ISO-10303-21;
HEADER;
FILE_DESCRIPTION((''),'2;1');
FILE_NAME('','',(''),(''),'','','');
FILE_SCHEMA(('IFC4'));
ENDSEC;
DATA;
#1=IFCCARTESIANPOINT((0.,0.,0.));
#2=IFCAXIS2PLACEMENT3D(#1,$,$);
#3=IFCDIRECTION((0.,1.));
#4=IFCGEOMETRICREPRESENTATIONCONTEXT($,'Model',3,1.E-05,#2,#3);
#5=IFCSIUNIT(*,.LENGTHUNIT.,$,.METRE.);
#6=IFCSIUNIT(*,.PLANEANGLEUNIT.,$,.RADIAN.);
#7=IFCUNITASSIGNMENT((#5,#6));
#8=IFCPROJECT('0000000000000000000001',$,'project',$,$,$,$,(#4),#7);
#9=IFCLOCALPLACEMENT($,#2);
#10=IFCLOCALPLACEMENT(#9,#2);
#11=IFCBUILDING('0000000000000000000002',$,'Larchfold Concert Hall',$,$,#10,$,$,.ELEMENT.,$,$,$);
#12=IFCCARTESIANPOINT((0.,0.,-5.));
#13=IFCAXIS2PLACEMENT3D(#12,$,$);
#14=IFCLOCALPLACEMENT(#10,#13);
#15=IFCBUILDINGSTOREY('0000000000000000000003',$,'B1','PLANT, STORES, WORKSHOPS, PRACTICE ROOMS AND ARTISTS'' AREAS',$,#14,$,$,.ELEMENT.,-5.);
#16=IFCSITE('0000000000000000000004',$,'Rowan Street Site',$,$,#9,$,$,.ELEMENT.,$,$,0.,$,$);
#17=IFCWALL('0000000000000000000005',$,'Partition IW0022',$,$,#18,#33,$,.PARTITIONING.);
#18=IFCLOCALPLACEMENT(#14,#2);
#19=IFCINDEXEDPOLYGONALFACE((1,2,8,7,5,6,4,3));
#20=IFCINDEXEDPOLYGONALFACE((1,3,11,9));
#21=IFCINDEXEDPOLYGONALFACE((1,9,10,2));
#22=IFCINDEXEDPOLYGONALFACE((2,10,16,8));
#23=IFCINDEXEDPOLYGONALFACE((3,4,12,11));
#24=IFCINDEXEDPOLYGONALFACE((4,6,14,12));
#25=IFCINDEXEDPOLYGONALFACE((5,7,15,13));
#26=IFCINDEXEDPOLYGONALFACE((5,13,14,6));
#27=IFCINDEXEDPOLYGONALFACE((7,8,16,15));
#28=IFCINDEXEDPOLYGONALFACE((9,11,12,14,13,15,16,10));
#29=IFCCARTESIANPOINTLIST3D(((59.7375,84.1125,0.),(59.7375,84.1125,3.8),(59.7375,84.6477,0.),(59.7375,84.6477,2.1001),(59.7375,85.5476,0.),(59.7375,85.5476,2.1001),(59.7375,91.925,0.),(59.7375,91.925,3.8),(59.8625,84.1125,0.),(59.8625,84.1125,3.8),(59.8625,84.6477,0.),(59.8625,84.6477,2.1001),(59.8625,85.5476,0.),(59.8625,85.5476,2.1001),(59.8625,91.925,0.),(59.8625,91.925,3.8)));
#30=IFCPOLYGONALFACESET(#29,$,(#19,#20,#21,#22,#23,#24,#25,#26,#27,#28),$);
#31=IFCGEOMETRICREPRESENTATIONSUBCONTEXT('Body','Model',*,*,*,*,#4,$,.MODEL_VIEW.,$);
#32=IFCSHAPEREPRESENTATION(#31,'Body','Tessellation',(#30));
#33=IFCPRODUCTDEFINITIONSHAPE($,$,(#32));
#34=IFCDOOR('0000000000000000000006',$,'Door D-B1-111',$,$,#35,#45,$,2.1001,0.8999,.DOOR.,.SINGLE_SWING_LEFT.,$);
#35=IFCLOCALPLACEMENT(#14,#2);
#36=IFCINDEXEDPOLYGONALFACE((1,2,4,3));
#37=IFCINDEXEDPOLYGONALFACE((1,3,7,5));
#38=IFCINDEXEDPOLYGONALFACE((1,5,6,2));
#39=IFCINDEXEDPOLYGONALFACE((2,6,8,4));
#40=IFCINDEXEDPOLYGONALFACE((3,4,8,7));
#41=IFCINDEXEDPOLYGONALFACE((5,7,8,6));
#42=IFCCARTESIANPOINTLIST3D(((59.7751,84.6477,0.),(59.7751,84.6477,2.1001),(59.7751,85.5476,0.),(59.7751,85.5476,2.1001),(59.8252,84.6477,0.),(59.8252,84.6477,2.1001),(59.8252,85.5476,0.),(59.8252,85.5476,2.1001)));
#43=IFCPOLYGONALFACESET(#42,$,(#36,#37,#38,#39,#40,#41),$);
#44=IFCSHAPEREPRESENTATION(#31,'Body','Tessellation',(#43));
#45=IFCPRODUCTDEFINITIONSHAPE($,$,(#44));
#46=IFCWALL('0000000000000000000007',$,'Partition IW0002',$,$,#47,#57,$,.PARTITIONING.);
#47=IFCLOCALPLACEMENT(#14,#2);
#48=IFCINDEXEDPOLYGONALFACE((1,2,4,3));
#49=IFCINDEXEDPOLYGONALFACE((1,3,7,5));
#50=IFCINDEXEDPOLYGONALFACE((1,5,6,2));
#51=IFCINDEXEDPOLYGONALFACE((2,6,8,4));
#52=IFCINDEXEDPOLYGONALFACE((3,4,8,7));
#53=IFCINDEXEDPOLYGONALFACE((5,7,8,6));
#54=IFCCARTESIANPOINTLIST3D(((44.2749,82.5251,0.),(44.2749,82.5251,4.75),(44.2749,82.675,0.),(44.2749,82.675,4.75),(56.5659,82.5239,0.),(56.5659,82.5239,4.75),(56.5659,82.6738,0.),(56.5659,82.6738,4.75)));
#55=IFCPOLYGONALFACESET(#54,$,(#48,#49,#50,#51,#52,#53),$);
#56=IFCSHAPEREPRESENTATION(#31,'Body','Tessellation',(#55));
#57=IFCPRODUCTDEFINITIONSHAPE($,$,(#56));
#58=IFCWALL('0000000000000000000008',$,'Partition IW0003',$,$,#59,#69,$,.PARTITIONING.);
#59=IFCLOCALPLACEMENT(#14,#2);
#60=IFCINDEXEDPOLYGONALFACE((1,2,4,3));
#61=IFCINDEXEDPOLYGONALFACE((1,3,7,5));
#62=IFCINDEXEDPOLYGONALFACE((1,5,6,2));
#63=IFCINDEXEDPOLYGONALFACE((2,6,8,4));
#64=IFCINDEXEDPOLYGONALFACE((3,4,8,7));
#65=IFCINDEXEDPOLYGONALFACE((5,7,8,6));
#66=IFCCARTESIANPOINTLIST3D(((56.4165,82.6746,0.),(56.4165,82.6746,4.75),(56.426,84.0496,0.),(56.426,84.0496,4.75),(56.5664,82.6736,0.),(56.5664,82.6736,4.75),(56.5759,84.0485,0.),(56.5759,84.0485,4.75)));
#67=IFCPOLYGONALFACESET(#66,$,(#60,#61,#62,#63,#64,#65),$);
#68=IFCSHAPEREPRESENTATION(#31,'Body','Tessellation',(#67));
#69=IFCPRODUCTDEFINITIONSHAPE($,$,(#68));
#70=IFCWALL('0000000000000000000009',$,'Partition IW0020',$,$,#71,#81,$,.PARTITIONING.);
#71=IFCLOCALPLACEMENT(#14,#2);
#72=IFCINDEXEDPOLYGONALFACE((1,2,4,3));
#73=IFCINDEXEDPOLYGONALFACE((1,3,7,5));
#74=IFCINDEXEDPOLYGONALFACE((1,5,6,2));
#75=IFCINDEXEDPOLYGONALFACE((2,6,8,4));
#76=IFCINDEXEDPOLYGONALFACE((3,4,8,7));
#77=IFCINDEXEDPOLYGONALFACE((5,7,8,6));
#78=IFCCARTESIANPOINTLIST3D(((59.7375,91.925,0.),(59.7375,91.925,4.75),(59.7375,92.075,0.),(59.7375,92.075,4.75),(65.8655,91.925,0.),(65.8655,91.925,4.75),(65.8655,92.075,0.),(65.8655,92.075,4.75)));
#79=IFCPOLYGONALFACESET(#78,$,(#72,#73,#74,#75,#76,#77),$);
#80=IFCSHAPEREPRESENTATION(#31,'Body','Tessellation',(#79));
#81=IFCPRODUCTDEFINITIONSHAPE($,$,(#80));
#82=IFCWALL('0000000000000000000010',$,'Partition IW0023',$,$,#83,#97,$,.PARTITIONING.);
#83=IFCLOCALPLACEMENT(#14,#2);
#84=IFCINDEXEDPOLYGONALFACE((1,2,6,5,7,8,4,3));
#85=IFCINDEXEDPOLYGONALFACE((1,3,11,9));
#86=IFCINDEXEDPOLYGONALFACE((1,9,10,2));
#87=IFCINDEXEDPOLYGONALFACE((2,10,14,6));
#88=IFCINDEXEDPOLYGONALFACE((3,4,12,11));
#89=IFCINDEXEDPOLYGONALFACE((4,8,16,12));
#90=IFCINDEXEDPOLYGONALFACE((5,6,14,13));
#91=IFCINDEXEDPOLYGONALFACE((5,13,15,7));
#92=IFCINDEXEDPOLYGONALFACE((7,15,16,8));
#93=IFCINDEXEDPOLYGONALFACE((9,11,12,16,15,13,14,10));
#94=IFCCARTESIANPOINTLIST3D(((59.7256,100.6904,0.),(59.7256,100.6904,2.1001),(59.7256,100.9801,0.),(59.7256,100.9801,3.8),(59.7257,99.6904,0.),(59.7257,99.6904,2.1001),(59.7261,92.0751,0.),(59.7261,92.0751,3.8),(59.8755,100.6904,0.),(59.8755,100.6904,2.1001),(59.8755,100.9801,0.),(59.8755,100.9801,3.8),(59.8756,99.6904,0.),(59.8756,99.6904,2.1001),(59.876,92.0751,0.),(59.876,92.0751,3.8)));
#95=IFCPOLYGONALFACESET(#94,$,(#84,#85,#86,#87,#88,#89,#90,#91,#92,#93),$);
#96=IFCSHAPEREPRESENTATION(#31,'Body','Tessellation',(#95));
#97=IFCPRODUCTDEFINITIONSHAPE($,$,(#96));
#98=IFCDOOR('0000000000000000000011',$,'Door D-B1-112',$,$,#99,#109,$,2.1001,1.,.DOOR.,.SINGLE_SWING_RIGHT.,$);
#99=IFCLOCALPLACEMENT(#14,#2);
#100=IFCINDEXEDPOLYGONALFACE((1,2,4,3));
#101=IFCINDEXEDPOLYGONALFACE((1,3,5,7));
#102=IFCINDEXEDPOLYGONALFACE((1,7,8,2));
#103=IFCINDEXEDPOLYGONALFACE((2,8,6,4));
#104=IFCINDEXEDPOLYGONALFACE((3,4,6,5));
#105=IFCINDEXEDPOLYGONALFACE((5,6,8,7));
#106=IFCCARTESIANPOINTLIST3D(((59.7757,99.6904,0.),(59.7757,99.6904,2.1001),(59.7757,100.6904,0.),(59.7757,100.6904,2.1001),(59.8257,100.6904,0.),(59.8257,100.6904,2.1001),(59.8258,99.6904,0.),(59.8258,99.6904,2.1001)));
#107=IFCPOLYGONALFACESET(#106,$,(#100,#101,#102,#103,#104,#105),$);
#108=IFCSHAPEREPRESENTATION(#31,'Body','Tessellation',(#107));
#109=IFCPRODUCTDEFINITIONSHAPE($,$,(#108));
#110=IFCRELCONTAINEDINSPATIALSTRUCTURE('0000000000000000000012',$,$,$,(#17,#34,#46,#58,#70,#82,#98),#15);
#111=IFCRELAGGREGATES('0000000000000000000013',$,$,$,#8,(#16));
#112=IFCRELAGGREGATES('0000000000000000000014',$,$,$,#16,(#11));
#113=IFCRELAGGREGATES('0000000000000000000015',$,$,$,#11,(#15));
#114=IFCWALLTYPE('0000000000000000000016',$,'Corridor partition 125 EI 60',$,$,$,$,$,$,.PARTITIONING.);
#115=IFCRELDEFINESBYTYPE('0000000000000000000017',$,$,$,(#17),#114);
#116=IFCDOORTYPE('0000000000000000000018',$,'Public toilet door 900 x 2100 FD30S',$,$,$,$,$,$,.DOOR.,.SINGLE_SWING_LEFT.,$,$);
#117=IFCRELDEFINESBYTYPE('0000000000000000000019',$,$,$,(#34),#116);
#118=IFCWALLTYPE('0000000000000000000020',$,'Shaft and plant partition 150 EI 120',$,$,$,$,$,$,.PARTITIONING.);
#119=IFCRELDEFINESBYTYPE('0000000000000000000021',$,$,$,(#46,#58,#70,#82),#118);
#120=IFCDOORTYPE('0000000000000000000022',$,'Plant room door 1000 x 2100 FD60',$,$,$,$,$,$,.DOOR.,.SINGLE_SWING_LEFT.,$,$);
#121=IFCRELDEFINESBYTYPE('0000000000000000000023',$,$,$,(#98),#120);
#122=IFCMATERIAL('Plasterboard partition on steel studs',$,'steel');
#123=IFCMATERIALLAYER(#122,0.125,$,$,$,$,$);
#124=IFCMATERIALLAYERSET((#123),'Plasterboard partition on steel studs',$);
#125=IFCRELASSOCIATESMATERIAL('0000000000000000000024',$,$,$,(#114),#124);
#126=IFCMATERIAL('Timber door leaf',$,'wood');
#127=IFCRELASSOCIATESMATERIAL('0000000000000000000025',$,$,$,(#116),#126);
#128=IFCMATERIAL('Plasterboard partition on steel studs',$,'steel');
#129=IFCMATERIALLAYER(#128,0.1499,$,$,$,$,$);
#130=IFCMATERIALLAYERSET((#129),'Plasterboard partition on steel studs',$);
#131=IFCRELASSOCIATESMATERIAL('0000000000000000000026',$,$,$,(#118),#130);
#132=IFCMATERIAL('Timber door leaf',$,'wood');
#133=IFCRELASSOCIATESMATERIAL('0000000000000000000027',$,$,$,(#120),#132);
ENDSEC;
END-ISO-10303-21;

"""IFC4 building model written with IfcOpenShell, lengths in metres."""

from ifc_helpers import new_model, si_unit, direction, frame, frame_2d, origin, place, context, subcontext, project, spatial, rectangle, extrude, material, layer, layer_set, type_object, element, fill, save


model = new_model("IFC4")

# Units and contexts
model_context = context("Model", 3, precision=1e-05, world=origin(), true_north=direction((0.0, 1.0)))
body_context = subcontext(model_context, "Body", "Model", "MODEL_VIEW")
ifc_project = project(units=[si_unit("LENGTHUNIT", "METRE"), si_unit("PLANEANGLEUNIT", "RADIAN")], contexts=[model_context])

# Site, building, storey
site_placement = place(None, origin())
site = spatial("IfcSite", under=ifc_project, at=site_placement, Name="Rowan Street Site", CompositionType="ELEMENT", RefElevation=0.0)
building_placement = place(site_placement, origin())
building = spatial("IfcBuilding", under=site, at=building_placement, Name="Larchfold Concert Hall", CompositionType="ELEMENT")
storey_placement = place(building_placement, frame((0.0, 0.0, -5.0)))
storey = spatial("IfcBuildingStorey", under=building, at=storey_placement, Name="B1", Description="PLANT, STORES, WORKSHOPS, PRACTICE ROOMS AND ARTISTS' AREAS", CompositionType="ELEMENT", Elevation=-5.0)

# Wall, opening, door
ifc_material_1 = material(Name="Plasterboard partition on steel studs", Category="steel")
ifc_layer_1 = layer(ifc_material_1, 0.125)
ifc_layer_set_1 = layer_set([ifc_layer_1], Name="Plasterboard partition on steel studs")
wall_type_1 = type_object("IfcWallType", Name="Corridor partition 125 EI 60", PredefinedType="PARTITIONING", material=ifc_layer_set_1)
wall_1_placement = place(storey_placement, frame((59.8, 84.1125, 0.0), z_axis=(0.0, 0.0, 1.0), x_axis=(0.0, 1.0, 0.0)))
wall_1 = element("IfcWall", 1, at=wall_1_placement, inside=storey, type_object=wall_type_1, Name="Partition IW0022", PredefinedType="PARTITIONING", context=body_context, shape_type="SweptSolid", body=[
    extrude(rectangle(XDim=7.8125, YDim=0.125, at=frame_2d((3.9062, 0.0))), origin(), (0.0, 0.0, 1.0), 3.8),
])
opening_1_placement = place(wall_1_placement, frame((0.5352, 0.0, 0.0)))
opening_1 = element("IfcOpeningElement", 2, at=opening_1_placement, cuts=wall_1, PredefinedType="OPENING", context=body_context, shape_type="SweptSolid", body=[
    extrude(rectangle(XDim=0.8999, YDim=2.1001, at=frame_2d((0.45, 1.05))), frame((0.0, 0.0725, 0.0), z_axis=(0.0, -1.0, 0.0), x_axis=(1.0, 0.0, 0.0)), (0.0, 0.0, 1.0), 0.145),
])
ifc_material_2 = material(Name="Timber door leaf", Category="wood")
door_type_1 = type_object("IfcDoorType", Name="Public toilet door 900 x 2100 FD30S", OperationType="SINGLE_SWING_LEFT", PredefinedType="DOOR", material=ifc_material_2)
door_1_placement = place(opening_1_placement, origin())
door_1 = element("IfcDoor", 3, at=door_1_placement, inside=storey, type_object=door_type_1, Name="Door D-B1-111", OperationType="SINGLE_SWING_LEFT", OverallHeight=2.1001, OverallWidth=0.8999, PredefinedType="DOOR", context=body_context, shape_type="SweptSolid", body=[
    extrude(rectangle(XDim=0.8999, YDim=2.1001, at=frame_2d((0.45, 1.05))), frame((0.0, 0.0249, 0.0), z_axis=(0.0, -1.0, 0.0), x_axis=(1.0, 0.0, 0.0)), (0.0, 0.0, 1.0), 0.05),
])
fill(opening_1, door_1)

# Walls
ifc_material_3 = material(Name="Plasterboard partition on steel studs", Category="steel")
ifc_layer_2 = layer(ifc_material_3, 0.1499)
ifc_layer_set_2 = layer_set([ifc_layer_2], Name="Plasterboard partition on steel studs")
wall_type_2 = type_object("IfcWallType", Name="Shaft and plant partition 150 EI 120", PredefinedType="PARTITIONING", material=ifc_layer_set_2)
wall_2_placement = place(storey_placement, frame((44.2749, 82.6001, 0.0), z_axis=(0.0, 0.0, 1.0), x_axis=(1.0, -0.000099, 0.0)))
element("IfcWall", 4, at=wall_2_placement, inside=storey, type_object=wall_type_2, Name="Partition IW0002", PredefinedType="PARTITIONING", context=body_context, shape_type="SweptSolid", body=[
    extrude(rectangle(XDim=12.291, YDim=0.1499, at=frame_2d((6.1455, 0.0))), origin(), (0.0, 0.0, 1.0), 4.75),
])
wall_3_placement = place(storey_placement, frame((56.4915, 82.6741, 0.0), z_axis=(0.0, 0.0, 1.0), x_axis=(0.006925, 0.999976, 0.0)))
element("IfcWall", 5, at=wall_3_placement, inside=storey, type_object=wall_type_2, Name="Partition IW0003", PredefinedType="PARTITIONING", context=body_context, shape_type="SweptSolid", body=[
    extrude(rectangle(XDim=1.375, YDim=0.1499, at=frame_2d((0.6875, 0.0))), origin(), (0.0, 0.0, 1.0), 4.75),
])
wall_4_placement = place(storey_placement, frame((59.7375, 92.0, 0.0), z_axis=(0.0, 0.0, 1.0), x_axis=(1.0, 0.0, 0.0)))
element("IfcWall", 6, at=wall_4_placement, inside=storey, type_object=wall_type_2, Name="Partition IW0020", PredefinedType="PARTITIONING", context=body_context, shape_type="SweptSolid", body=[
    extrude(rectangle(XDim=6.1279, YDim=0.1499, at=frame_2d((3.064, 0.0))), origin(), (0.0, 0.0, 1.0), 4.75),
])

# Wall, opening, door
wall_5_placement = place(storey_placement, frame((59.801, 92.075, 0.0), z_axis=(0.0, 0.0, 1.0), x_axis=(-0.000055, 1.0, 0.0)))
wall_5 = element("IfcWall", 7, at=wall_5_placement, inside=storey, type_object=wall_type_2, Name="Partition IW0023", PredefinedType="PARTITIONING", context=body_context, shape_type="SweptSolid", body=[
    extrude(rectangle(XDim=8.905, YDim=0.1499, at=frame_2d((4.4526, 0.0))), origin(), (0.0, 0.0, 1.0), 3.8),
])
opening_2_placement = place(wall_5_placement, frame((7.6155, 0.0, 0.0)))
opening_2 = element("IfcOpeningElement", 8, at=opening_2_placement, cuts=wall_5, PredefinedType="OPENING", context=body_context, shape_type="SweptSolid", body=[
    extrude(rectangle(XDim=1.0, YDim=2.1001, at=frame_2d((0.5, 1.05))), frame((0.0, 0.085, 0.0), z_axis=(0.0, -1.0, 0.0), x_axis=(1.0, 0.0, 0.0)), (0.0, 0.0, 1.0), 0.1699),
])
ifc_material_4 = material(Name="Timber door leaf", Category="wood")
door_type_2 = type_object("IfcDoorType", Name="Plant room door 1000 x 2100 FD60", OperationType="SINGLE_SWING_LEFT", PredefinedType="DOOR", material=ifc_material_4)
door_2_placement = place(opening_2_placement, origin())
door_2 = element("IfcDoor", 9, at=door_2_placement, inside=storey, type_object=door_type_2, Name="Door D-B1-112", OperationType="SINGLE_SWING_RIGHT", OverallHeight=2.1001, OverallWidth=1.0, PredefinedType="DOOR", context=body_context, shape_type="SweptSolid", body=[
    extrude(rectangle(XDim=1.0, YDim=2.1001, at=frame_2d((0.5, 1.05))), frame((0.0, 0.0249, 0.0), z_axis=(0.0, -1.0, 0.0), x_axis=(1.0, 0.0, 0.0)), (0.0, 0.0, 1.0), 0.05),
])
fill(opening_2, door_2)

save(model, "model.ifc")
